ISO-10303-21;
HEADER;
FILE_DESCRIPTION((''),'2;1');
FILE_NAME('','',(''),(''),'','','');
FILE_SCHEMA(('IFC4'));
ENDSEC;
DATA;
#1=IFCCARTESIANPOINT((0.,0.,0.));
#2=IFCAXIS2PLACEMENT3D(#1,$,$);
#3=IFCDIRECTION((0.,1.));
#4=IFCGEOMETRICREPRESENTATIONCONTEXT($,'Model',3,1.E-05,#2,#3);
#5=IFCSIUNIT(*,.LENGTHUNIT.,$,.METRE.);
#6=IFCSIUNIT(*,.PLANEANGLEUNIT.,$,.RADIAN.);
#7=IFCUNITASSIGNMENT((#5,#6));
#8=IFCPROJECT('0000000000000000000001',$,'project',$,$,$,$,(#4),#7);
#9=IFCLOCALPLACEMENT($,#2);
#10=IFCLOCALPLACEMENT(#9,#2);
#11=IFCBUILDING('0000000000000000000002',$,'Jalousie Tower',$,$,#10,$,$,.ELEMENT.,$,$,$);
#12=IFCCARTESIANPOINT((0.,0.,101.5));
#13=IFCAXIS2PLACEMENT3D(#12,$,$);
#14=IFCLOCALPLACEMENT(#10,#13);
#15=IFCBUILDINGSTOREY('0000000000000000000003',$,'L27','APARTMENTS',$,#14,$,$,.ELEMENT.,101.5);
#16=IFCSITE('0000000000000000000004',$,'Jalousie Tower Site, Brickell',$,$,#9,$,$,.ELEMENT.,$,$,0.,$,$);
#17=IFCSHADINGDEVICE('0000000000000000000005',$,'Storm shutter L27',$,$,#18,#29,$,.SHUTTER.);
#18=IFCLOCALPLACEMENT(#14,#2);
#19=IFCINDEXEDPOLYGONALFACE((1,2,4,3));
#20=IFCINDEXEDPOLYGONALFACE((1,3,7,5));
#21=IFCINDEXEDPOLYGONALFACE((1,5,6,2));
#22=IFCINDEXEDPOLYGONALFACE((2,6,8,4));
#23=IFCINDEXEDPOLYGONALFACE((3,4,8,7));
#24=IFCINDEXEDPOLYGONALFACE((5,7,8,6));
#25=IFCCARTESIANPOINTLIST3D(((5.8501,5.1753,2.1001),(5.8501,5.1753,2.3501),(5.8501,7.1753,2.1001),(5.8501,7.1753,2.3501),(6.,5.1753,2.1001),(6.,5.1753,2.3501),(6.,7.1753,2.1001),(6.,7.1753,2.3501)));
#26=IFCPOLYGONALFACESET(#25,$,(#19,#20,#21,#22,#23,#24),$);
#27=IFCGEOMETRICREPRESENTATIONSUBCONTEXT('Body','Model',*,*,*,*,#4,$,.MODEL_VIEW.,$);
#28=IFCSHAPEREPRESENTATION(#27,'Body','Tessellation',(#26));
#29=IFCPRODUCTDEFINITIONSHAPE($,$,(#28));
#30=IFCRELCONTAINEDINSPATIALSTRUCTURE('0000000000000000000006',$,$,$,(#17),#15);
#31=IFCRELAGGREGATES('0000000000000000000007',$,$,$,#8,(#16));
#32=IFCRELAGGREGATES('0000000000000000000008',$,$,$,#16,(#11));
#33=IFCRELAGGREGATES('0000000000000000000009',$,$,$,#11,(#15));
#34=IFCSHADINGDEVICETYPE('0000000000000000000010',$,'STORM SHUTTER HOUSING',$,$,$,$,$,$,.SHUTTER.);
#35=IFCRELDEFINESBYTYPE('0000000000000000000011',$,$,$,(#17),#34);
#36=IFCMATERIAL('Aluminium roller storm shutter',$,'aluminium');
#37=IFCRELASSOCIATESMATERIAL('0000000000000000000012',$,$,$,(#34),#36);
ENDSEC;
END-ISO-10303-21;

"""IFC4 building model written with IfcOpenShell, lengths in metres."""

from ifc_helpers import new_model, si_unit, direction, frame, origin, origin_2d, place, context, subcontext, project, spatial, rectangle, extrude, material, type_object, element, save


model = new_model("IFC4")

# Units and contexts
model_context = context("Model", 3, precision=1e-05, world=origin(), true_north=direction((0.0, 1.0)))
body_context = subcontext(model_context, "Body", "Model", "MODEL_VIEW")
ifc_project = project(units=[si_unit("LENGTHUNIT", "METRE"), si_unit("PLANEANGLEUNIT", "RADIAN")], contexts=[model_context])

# Site, building, storey
site_placement = place(None, origin())
site = spatial("IfcSite", under=ifc_project, at=site_placement, Name="Jalousie Tower Site, Brickell", CompositionType="ELEMENT", RefElevation=0.0)
building_placement = place(site_placement, origin())
building = spatial("IfcBuilding", under=site, at=building_placement, Name="Jalousie Tower", CompositionType="ELEMENT")
storey_placement = place(building_placement, frame((0.0, 0.0, 101.5)))
storey = spatial("IfcBuildingStorey", under=building, at=storey_placement, Name="L27", Description="APARTMENTS", CompositionType="ELEMENT", Elevation=101.5)

# Shading device
ifc_material_1 = material(Name="Aluminium roller storm shutter", Category="aluminium")
shading_device_type = type_object("IfcShadingDeviceType", Name="STORM SHUTTER HOUSING", PredefinedType="SHUTTER", material=ifc_material_1)
for number, where, z_axis, x_axis, name in (
    (1, (5.925, 6.1753, 2.1001), (0.0, 0.0, 1.0), (0.0, -1.0, 0.0), "Storm shutter L27"),
):
    element("IfcShadingDevice", number, at=place(storey_placement, frame(where, z_axis=z_axis, x_axis=x_axis)), inside=storey, type_object=shading_device_type, Name=name, PredefinedType="SHUTTER", context=body_context, shape_type="SweptSolid", body=[
        extrude(rectangle(XDim=2.0, YDim=0.1499, at=origin_2d()), origin(), (0.0, 0.0, 1.0), 0.25),
    ])

save(model, "model.ifc")
